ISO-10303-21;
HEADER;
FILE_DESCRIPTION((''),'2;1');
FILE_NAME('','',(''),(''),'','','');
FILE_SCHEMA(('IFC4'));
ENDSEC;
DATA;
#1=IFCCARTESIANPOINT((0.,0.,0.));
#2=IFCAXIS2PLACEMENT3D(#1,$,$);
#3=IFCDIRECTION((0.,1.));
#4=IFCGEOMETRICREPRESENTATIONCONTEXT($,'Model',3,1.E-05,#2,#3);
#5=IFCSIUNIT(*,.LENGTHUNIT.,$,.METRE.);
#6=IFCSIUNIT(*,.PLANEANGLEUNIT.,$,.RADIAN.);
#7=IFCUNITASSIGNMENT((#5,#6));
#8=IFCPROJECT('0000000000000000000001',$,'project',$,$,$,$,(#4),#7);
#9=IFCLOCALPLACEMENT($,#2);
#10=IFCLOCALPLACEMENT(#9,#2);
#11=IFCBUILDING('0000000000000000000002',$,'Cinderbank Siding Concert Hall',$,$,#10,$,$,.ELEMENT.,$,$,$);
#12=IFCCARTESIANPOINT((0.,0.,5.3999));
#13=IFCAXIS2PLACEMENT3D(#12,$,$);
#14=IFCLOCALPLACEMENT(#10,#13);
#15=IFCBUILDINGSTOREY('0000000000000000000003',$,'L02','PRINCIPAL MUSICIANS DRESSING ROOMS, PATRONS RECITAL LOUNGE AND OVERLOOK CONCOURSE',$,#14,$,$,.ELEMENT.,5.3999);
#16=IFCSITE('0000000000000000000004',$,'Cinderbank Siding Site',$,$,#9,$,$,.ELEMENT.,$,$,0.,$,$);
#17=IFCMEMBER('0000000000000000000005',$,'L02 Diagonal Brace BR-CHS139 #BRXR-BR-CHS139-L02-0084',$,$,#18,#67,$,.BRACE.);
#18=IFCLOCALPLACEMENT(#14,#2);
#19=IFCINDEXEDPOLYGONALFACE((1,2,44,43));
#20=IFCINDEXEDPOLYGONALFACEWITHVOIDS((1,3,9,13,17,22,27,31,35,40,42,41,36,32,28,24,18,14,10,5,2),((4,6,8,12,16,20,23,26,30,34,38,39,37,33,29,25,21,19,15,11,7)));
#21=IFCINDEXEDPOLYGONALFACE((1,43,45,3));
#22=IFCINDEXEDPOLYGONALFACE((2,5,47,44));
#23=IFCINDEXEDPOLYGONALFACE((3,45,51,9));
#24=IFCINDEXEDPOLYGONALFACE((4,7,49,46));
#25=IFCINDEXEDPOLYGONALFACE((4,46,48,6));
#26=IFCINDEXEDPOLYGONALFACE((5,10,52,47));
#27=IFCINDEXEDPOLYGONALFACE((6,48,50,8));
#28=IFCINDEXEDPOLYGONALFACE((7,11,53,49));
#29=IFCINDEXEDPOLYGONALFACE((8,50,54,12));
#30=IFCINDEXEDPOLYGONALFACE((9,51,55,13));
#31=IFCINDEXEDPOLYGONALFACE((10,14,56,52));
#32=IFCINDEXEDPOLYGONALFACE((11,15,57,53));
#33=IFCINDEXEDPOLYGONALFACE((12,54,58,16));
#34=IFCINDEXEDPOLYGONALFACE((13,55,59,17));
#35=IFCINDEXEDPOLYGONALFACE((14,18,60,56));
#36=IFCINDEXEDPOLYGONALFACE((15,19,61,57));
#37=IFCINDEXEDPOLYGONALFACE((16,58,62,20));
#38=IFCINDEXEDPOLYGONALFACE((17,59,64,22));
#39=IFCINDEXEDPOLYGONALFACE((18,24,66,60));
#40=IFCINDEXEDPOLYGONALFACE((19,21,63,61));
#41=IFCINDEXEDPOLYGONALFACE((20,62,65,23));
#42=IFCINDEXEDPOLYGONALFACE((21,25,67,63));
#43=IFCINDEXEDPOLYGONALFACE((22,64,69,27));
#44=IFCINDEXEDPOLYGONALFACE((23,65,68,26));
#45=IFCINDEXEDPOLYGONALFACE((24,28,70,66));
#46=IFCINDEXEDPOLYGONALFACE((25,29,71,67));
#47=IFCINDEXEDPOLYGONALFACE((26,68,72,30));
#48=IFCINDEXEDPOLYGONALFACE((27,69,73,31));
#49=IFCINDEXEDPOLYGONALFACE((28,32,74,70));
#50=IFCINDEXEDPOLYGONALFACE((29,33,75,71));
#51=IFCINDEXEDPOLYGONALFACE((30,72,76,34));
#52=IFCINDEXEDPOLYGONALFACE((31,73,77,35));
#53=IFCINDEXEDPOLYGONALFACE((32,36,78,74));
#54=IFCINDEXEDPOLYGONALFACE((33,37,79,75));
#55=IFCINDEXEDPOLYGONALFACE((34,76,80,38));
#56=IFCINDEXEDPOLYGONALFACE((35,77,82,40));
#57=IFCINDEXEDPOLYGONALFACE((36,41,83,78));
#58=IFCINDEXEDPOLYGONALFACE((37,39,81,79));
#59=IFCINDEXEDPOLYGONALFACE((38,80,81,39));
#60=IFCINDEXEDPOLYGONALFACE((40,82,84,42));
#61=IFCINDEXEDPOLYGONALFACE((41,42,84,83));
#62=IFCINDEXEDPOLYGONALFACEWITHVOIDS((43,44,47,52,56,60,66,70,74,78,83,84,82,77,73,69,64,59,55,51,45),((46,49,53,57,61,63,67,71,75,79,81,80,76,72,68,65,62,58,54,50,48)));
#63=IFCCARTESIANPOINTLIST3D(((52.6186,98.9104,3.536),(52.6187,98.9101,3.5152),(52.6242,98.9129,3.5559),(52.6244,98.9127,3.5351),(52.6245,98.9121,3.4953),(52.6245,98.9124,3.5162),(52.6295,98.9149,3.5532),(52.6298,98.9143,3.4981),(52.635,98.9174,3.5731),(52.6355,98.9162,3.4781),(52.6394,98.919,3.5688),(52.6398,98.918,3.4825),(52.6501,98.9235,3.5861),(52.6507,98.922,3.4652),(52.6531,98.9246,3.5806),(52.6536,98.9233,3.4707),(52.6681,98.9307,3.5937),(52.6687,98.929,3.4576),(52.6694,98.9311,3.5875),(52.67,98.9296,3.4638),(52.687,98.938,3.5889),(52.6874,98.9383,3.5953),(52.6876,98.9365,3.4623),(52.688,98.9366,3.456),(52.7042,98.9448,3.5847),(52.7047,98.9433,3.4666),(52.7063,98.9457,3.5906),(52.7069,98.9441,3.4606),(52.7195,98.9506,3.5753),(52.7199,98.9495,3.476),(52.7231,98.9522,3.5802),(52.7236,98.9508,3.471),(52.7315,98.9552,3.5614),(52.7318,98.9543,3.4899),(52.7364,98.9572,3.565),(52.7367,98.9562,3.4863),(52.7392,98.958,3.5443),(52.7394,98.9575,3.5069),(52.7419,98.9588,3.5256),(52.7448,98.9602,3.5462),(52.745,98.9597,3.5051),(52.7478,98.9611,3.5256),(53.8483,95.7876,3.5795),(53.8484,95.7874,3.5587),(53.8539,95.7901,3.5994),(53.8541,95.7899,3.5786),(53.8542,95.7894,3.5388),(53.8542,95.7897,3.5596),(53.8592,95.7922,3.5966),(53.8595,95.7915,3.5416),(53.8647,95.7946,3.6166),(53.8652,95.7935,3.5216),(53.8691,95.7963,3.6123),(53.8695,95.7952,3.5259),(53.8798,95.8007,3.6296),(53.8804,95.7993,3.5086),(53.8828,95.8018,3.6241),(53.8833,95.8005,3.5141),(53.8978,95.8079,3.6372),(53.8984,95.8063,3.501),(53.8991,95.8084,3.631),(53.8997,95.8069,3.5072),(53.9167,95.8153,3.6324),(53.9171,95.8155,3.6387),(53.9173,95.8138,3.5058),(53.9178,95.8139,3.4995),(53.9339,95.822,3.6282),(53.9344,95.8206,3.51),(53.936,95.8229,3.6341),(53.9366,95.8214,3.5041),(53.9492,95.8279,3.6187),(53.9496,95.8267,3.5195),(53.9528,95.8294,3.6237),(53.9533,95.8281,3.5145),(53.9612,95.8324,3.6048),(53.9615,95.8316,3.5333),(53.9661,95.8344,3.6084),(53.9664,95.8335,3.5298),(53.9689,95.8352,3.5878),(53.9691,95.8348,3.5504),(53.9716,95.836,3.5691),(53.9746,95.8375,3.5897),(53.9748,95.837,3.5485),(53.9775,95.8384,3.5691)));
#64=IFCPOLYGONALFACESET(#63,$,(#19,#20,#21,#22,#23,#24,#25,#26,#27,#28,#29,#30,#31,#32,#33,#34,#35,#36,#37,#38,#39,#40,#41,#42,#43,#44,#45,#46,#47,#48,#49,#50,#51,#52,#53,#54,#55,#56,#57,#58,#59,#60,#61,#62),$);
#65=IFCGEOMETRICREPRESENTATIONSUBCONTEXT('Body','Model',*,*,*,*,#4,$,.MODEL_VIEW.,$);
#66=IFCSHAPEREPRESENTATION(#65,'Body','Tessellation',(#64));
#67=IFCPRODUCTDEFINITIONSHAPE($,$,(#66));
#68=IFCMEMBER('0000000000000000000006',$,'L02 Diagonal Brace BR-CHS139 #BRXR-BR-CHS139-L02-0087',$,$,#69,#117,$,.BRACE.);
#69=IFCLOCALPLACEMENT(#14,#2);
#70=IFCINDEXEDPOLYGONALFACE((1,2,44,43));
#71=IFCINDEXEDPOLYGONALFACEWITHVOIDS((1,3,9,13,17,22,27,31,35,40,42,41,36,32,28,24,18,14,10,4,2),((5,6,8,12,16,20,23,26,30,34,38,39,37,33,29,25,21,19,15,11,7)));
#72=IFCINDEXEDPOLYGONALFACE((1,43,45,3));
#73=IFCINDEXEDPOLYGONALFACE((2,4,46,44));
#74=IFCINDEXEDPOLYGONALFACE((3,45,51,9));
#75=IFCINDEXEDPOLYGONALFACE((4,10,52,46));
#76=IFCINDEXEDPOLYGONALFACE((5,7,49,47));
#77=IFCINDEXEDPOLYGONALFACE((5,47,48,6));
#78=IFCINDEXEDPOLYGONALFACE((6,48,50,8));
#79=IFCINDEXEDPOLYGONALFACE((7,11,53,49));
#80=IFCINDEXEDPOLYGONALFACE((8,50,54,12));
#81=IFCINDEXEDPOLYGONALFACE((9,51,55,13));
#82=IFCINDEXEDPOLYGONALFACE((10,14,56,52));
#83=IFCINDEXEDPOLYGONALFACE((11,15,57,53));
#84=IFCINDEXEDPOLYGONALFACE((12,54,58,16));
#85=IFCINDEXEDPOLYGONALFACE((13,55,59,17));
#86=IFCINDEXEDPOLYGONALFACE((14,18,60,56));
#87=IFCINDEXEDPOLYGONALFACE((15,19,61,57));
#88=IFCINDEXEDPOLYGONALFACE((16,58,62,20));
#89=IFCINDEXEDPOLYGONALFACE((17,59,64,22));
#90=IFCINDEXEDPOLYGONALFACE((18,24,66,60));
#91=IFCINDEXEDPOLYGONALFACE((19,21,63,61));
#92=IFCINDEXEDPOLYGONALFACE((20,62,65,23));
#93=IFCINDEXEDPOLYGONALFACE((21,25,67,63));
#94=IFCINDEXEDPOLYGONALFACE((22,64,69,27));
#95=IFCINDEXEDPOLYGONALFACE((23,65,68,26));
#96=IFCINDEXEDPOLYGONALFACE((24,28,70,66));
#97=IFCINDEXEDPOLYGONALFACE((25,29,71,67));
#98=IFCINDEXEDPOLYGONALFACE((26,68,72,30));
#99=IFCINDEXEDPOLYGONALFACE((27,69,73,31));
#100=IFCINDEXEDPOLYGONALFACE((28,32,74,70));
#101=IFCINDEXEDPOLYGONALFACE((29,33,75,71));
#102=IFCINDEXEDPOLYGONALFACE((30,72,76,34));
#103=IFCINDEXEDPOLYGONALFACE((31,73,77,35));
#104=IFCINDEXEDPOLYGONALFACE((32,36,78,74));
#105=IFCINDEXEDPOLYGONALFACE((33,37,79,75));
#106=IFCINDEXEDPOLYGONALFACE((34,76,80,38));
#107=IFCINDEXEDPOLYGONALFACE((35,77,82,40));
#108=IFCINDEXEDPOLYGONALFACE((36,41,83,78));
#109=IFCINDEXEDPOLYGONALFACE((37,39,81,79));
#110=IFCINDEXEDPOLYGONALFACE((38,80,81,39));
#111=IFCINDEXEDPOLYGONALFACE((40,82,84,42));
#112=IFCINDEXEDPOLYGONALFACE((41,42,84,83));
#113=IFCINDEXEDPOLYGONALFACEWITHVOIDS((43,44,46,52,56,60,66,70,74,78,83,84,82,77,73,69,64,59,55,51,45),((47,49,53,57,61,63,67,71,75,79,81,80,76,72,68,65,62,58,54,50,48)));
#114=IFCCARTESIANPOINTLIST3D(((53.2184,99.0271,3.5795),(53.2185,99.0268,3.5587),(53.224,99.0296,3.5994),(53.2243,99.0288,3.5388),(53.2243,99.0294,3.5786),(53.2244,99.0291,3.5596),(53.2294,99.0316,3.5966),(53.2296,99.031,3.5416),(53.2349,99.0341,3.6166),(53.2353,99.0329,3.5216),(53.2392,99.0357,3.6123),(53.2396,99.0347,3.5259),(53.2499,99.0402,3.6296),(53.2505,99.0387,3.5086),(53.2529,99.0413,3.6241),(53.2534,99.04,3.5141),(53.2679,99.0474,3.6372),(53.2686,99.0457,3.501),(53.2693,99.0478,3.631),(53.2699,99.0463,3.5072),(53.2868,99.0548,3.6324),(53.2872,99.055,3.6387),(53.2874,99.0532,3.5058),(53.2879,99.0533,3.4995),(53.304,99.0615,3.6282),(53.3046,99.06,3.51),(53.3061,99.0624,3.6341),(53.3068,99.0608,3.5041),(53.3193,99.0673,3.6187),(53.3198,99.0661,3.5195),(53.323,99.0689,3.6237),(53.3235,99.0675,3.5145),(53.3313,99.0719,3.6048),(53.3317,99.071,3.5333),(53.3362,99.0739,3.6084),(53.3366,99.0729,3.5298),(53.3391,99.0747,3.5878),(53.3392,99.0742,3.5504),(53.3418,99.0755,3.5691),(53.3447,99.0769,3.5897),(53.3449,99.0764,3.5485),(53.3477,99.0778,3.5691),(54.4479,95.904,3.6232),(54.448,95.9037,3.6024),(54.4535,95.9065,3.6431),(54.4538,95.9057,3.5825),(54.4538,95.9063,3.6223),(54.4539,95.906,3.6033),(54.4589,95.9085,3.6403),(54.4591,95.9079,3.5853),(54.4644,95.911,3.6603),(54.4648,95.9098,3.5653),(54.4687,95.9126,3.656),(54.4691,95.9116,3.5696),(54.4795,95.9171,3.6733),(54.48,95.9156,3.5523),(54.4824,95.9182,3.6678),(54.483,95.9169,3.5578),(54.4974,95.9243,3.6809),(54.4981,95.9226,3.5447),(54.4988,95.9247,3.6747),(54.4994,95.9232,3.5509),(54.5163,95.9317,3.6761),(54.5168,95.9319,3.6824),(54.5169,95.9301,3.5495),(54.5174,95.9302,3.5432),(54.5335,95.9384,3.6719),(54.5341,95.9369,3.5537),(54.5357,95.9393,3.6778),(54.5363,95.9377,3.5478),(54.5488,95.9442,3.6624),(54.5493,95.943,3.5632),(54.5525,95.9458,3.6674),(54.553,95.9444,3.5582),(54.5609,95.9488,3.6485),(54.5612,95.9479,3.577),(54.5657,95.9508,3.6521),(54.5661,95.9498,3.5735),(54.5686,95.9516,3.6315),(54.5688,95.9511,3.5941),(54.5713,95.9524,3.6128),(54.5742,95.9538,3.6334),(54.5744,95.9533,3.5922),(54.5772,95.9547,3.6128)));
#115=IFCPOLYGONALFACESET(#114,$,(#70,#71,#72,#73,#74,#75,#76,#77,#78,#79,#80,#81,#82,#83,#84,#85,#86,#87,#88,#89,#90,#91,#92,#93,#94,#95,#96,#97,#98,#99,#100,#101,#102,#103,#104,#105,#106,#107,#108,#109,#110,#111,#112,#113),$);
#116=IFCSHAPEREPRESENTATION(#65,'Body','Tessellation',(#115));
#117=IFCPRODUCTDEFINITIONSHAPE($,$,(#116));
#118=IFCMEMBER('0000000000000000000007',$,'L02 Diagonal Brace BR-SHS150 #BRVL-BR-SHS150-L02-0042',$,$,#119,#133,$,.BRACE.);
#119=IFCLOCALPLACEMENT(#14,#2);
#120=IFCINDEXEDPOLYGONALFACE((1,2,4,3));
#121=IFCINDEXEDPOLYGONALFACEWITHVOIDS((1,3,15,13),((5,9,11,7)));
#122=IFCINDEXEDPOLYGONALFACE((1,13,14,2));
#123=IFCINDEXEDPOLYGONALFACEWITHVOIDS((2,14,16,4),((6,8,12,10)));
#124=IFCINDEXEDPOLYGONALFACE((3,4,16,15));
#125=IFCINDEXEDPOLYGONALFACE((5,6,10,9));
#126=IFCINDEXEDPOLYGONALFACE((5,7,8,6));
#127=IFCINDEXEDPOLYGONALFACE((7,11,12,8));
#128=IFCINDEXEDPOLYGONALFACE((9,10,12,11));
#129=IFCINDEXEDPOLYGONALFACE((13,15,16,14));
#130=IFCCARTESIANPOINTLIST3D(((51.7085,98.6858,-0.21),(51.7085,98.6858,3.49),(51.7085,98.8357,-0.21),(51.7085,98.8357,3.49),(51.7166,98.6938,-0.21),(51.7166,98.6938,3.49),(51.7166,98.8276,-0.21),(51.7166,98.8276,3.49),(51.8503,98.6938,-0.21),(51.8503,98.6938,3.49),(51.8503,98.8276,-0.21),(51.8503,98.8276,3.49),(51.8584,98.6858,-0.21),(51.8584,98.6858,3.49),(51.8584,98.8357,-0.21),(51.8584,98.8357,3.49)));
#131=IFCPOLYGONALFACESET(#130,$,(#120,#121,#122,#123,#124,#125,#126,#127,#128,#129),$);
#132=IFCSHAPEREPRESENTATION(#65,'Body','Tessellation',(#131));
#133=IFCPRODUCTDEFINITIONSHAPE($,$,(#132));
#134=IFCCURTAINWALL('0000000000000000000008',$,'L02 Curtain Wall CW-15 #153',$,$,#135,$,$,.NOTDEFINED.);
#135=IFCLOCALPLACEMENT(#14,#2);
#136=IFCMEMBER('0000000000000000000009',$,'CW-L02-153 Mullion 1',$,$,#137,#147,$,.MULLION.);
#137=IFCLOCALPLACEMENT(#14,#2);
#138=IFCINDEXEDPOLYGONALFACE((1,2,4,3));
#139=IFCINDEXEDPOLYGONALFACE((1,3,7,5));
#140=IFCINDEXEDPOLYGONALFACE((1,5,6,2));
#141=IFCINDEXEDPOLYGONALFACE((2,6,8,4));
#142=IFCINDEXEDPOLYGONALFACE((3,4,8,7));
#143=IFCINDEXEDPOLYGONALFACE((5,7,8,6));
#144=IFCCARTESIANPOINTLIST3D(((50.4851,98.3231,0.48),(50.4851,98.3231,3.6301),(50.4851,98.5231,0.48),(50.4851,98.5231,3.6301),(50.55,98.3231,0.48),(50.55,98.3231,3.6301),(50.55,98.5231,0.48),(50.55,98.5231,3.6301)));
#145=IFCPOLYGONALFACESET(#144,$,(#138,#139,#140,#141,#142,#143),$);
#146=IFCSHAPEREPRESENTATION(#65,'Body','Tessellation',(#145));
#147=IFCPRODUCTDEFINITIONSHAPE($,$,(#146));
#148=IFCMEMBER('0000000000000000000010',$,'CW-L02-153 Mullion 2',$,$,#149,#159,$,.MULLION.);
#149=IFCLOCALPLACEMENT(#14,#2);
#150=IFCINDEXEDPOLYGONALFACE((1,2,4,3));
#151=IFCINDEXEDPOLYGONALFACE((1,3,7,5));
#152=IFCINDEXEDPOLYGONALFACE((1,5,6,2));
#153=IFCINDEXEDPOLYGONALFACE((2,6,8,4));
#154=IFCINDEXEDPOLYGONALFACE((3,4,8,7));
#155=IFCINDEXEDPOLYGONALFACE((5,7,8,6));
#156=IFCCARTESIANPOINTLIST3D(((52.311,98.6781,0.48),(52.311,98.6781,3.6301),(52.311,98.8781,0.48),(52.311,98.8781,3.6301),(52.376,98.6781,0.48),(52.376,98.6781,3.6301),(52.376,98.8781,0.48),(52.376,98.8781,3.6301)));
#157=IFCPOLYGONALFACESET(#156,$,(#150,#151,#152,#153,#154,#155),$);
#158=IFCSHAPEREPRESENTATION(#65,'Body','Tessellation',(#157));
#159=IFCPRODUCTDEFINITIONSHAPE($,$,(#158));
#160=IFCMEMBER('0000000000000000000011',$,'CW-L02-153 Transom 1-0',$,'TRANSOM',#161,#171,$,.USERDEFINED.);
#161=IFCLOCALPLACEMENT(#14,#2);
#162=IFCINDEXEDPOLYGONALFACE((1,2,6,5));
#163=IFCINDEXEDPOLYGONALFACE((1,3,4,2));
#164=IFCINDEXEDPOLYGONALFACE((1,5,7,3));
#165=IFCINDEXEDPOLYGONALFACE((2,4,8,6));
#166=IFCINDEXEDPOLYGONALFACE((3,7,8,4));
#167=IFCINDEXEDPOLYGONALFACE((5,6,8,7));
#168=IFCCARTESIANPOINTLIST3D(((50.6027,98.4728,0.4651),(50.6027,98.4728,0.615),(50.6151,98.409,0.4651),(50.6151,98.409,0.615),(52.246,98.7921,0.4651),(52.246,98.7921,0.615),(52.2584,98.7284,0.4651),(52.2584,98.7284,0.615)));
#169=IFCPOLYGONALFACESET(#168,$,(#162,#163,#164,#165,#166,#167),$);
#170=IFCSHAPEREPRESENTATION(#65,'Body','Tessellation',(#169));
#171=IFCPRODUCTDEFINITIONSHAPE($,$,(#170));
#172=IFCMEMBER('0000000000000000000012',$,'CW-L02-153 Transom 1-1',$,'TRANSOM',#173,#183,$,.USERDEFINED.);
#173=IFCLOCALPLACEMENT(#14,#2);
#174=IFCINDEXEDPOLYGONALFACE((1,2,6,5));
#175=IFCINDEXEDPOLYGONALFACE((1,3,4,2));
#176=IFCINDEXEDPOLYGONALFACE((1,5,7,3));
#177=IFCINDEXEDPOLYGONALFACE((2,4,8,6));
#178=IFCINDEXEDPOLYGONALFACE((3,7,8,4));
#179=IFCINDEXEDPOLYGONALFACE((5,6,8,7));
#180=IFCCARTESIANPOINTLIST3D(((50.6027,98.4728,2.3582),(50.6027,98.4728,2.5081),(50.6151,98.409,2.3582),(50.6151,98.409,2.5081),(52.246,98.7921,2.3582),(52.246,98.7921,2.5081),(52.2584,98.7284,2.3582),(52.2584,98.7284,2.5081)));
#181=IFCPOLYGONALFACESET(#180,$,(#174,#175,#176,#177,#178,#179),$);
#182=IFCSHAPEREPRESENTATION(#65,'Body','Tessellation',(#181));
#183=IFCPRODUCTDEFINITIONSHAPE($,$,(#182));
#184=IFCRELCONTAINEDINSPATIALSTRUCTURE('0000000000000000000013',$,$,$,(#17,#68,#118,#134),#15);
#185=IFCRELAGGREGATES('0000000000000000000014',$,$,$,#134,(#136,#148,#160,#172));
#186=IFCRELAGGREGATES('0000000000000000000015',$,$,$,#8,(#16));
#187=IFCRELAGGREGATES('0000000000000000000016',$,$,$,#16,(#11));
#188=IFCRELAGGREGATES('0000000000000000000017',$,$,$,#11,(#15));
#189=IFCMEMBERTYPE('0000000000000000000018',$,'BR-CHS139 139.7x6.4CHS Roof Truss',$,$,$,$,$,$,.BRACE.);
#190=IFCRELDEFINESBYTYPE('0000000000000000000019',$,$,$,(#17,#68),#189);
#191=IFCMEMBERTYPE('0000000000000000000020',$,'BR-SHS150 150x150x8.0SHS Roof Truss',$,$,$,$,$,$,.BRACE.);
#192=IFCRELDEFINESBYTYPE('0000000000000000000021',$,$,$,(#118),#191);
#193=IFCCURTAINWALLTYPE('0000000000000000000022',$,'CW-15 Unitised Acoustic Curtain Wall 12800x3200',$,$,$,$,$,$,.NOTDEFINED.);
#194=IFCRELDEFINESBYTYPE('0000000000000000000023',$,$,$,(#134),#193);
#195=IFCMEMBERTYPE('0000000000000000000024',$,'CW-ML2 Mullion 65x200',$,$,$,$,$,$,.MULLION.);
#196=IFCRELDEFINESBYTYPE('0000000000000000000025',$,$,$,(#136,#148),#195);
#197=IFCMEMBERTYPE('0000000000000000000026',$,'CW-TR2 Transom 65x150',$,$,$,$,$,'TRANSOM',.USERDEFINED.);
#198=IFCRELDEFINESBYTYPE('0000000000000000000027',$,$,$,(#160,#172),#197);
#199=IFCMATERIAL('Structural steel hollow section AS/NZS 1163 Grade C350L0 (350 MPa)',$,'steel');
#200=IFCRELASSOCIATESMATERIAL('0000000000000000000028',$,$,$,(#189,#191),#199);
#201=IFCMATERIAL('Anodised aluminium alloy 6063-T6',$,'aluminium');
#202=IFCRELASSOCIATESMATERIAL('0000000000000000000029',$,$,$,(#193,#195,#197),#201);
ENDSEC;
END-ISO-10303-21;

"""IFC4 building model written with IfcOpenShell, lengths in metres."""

from ifc_helpers import new_model, si_unit, direction, frame, origin, origin_2d, place, context, subcontext, project, spatial, rectangle, hollow_rectangle, hollow_circle, extrude, material, material_profile, profile_set, type_object, element, aggregate, save


model = new_model("IFC4")

# Units and contexts
model_context = context("Model", 3, precision=1e-05, world=origin(), true_north=direction((0.0, 1.0)))
body_context = subcontext(model_context, "Body", "Model", "MODEL_VIEW")
ifc_project = project(units=[si_unit("LENGTHUNIT", "METRE"), si_unit("PLANEANGLEUNIT", "RADIAN")], contexts=[model_context])

# Site, building, storey
site_placement = place(None, origin())
site = spatial("IfcSite", under=ifc_project, at=site_placement, Name="Cinderbank Siding Site", CompositionType="ELEMENT", RefElevation=0.0)
building_placement = place(site_placement, origin())
building = spatial("IfcBuilding", under=site, at=building_placement, Name="Cinderbank Siding Concert Hall", CompositionType="ELEMENT")
storey_placement = place(building_placement, frame((0.0, 0.0, 5.3999)))
storey = spatial("IfcBuildingStorey", under=building, at=storey_placement, Name="L02", Description="PRINCIPAL MUSICIANS DRESSING ROOMS, PATRONS RECITAL LOUNGE AND OVERLOOK CONCOURSE", CompositionType="ELEMENT", Elevation=5.3999)

# Members
ifc_material_1 = material(Name="Structural steel hollow section AS/NZS 1163 Grade C350L0 (350 MPa)", Category="steel")
ifc_material_profile_1 = material_profile(ifc_material_1, hollow_circle(Radius=0.0698, WallThickness=0.0063, at=origin_2d()), Name="139.7x6.4CHS", Category="LoadBearing")
ifc_profile_set_1 = profile_set([ifc_material_profile_1], Name="Structural steel hollow section AS/NZS 1163 Grade C350L0 (350 MPa)")
member_type_1 = type_object("IfcMemberType", Name="BR-CHS139 139.7x6.4CHS Roof Truss", PredefinedType="BRACE", material=ifc_profile_set_1)
member_1_placement = place(storey_placement, frame((52.6829, 98.9355, 3.5256), z_axis=(0.366375, -0.930377, 0.012947), x_axis=(0.930455, 0.366406, 0.0)))
element("IfcMember", 1, at=member_1_placement, inside=storey, type_object=member_type_1, Name="L02 Diagonal Brace BR-CHS139 #BRXR-BR-CHS139-L02-0084", PredefinedType="BRACE", context=body_context, shape_type="SweptSolid", body=[
    extrude(hollow_circle(Radius=0.0698, WallThickness=0.0063, at=origin_2d()), origin(), (0.0, 0.0, 1.0), 3.3564),
])
member_2_placement = place(storey_placement, frame((53.2827, 99.0522, 3.5691), z_axis=(0.366287, -0.930411, 0.013019), x_axis=(0.93049, 0.366318, 0.0)))
element("IfcMember", 2, at=member_2_placement, inside=storey, type_object=member_type_1, Name="L02 Diagonal Brace BR-CHS139 #BRXR-BR-CHS139-L02-0087", PredefinedType="BRACE", context=body_context, shape_type="SweptSolid", body=[
    extrude(hollow_circle(Radius=0.0698, WallThickness=0.0063, at=origin_2d()), origin(), (0.0, 0.0, 1.0), 3.3567),
])
ifc_material_profile_2 = material_profile(ifc_material_1, hollow_rectangle(XDim=0.1499, YDim=0.1499, WallThickness=0.0081, at=origin_2d()), Name="150x150x8.0SHS", Category="LoadBearing")
ifc_profile_set_2 = profile_set([ifc_material_profile_2], Name="Structural steel hollow section AS/NZS 1163 Grade C350L0 (350 MPa)")
member_type_2 = type_object("IfcMemberType", Name="BR-SHS150 150x150x8.0SHS Roof Truss", PredefinedType="BRACE", material=ifc_profile_set_2)
member_3_placement = place(storey_placement, frame((51.7834, 98.7607, -0.21), z_axis=(0.0, 0.0, 1.0), x_axis=(1.0, 0.0, 0.0)))
element("IfcMember", 3, at=member_3_placement, inside=storey, type_object=member_type_2, Name="L02 Diagonal Brace BR-SHS150 #BRVL-BR-SHS150-L02-0042", PredefinedType="BRACE", context=body_context, shape_type="SweptSolid", body=[
    extrude(hollow_rectangle(XDim=0.1499, YDim=0.1499, WallThickness=0.0081, at=origin_2d()), origin(), (0.0, 0.0, 1.0), 3.7),
])

# Curtain wall, members
ifc_material_2 = material(Name="Anodised aluminium alloy 6063-T6", Category="aluminium")
curtain_wall_type = type_object("IfcCurtainWallType", Name="CW-15 Unitised Acoustic Curtain Wall 12800x3200", PredefinedType="NOTDEFINED", material=ifc_material_2)
curtain_wall_placement = place(storey_placement, origin())
curtain_wall = element("IfcCurtainWall", 4, at=curtain_wall_placement, inside=storey, type_object=curtain_wall_type, Name="L02 Curtain Wall CW-15 #153", PredefinedType="NOTDEFINED")
ifc_material_profile_3 = material_profile(ifc_material_2, rectangle(XDim=0.0649, YDim=0.2, at=origin_2d()), Name="ALU-MULL-65x200", Category="LoadBearing")
ifc_profile_set_3 = profile_set([ifc_material_profile_3], Name="Anodised aluminium alloy 6063-T6")
member_type_3 = type_object("IfcMemberType", Name="CW-ML2 Mullion 65x200", PredefinedType="MULLION", material=ifc_profile_set_3)
member_4_placement = place(storey_placement, frame((50.5176, 98.4231, 0.48), z_axis=(0.0, 0.0, 1.0), x_axis=(1.0, 0.0, 0.0)))
member_4 = element("IfcMember", 5, at=member_4_placement, type_object=member_type_3, Name="CW-L02-153 Mullion 1", PredefinedType="MULLION", context=body_context, shape_type="SweptSolid", body=[
    extrude(rectangle(XDim=0.0649, YDim=0.2, at=origin_2d()), origin(), (0.0, 0.0, 1.0), 3.1501),
])
member_5_placement = place(storey_placement, frame((52.3435, 98.7781, 0.48), z_axis=(0.0, 0.0, 1.0), x_axis=(1.0, 0.0, 0.0)))
member_5 = element("IfcMember", 6, at=member_5_placement, type_object=member_type_3, Name="CW-L02-153 Mullion 2", PredefinedType="MULLION", context=body_context, shape_type="SweptSolid", body=[
    extrude(rectangle(XDim=0.0649, YDim=0.2, at=origin_2d()), origin(), (0.0, 0.0, 1.0), 3.1501),
])
ifc_material_profile_4 = material_profile(ifc_material_2, rectangle(XDim=0.0649, YDim=0.1499, at=origin_2d()), Name="ALU-TRAN-65x150", Category="LoadBearing")
ifc_profile_set_4 = profile_set([ifc_material_profile_4], Name="Anodised aluminium alloy 6063-T6")
member_type_4 = type_object("IfcMemberType", Name="CW-TR2 Transom 65x150", ElementType="TRANSOM", PredefinedType="USERDEFINED", material=ifc_profile_set_4)
member_6_placement = place(storey_placement, frame((50.6089, 98.4409, 0.54), z_axis=(0.981637, 0.190756, 0.0), x_axis=(-0.190756, 0.981637, 0.0)))
member_6 = element("IfcMember", 7, at=member_6_placement, type_object=member_type_4, Name="CW-L02-153 Transom 1-0", ObjectType="TRANSOM", PredefinedType="USERDEFINED", context=body_context, shape_type="SweptSolid", body=[
    extrude(rectangle(XDim=0.0649, YDim=0.1499, at=origin_2d()), origin(), (0.0, 0.0, 1.0), 1.6741),
])
member_7_placement = place(storey_placement, frame((50.6089, 98.4409, 2.4331), z_axis=(0.981637, 0.190756, 0.0), x_axis=(-0.190756, 0.981637, 0.0)))
member_7 = element("IfcMember", 8, at=member_7_placement, type_object=member_type_4, Name="CW-L02-153 Transom 1-1", ObjectType="TRANSOM", PredefinedType="USERDEFINED", context=body_context, shape_type="SweptSolid", body=[
    extrude(rectangle(XDim=0.0649, YDim=0.1499, at=origin_2d()), origin(), (0.0, 0.0, 1.0), 1.6741),
])
aggregate(curtain_wall, [member_4, member_5, member_6, member_7])

save(model, "model.ifc")
